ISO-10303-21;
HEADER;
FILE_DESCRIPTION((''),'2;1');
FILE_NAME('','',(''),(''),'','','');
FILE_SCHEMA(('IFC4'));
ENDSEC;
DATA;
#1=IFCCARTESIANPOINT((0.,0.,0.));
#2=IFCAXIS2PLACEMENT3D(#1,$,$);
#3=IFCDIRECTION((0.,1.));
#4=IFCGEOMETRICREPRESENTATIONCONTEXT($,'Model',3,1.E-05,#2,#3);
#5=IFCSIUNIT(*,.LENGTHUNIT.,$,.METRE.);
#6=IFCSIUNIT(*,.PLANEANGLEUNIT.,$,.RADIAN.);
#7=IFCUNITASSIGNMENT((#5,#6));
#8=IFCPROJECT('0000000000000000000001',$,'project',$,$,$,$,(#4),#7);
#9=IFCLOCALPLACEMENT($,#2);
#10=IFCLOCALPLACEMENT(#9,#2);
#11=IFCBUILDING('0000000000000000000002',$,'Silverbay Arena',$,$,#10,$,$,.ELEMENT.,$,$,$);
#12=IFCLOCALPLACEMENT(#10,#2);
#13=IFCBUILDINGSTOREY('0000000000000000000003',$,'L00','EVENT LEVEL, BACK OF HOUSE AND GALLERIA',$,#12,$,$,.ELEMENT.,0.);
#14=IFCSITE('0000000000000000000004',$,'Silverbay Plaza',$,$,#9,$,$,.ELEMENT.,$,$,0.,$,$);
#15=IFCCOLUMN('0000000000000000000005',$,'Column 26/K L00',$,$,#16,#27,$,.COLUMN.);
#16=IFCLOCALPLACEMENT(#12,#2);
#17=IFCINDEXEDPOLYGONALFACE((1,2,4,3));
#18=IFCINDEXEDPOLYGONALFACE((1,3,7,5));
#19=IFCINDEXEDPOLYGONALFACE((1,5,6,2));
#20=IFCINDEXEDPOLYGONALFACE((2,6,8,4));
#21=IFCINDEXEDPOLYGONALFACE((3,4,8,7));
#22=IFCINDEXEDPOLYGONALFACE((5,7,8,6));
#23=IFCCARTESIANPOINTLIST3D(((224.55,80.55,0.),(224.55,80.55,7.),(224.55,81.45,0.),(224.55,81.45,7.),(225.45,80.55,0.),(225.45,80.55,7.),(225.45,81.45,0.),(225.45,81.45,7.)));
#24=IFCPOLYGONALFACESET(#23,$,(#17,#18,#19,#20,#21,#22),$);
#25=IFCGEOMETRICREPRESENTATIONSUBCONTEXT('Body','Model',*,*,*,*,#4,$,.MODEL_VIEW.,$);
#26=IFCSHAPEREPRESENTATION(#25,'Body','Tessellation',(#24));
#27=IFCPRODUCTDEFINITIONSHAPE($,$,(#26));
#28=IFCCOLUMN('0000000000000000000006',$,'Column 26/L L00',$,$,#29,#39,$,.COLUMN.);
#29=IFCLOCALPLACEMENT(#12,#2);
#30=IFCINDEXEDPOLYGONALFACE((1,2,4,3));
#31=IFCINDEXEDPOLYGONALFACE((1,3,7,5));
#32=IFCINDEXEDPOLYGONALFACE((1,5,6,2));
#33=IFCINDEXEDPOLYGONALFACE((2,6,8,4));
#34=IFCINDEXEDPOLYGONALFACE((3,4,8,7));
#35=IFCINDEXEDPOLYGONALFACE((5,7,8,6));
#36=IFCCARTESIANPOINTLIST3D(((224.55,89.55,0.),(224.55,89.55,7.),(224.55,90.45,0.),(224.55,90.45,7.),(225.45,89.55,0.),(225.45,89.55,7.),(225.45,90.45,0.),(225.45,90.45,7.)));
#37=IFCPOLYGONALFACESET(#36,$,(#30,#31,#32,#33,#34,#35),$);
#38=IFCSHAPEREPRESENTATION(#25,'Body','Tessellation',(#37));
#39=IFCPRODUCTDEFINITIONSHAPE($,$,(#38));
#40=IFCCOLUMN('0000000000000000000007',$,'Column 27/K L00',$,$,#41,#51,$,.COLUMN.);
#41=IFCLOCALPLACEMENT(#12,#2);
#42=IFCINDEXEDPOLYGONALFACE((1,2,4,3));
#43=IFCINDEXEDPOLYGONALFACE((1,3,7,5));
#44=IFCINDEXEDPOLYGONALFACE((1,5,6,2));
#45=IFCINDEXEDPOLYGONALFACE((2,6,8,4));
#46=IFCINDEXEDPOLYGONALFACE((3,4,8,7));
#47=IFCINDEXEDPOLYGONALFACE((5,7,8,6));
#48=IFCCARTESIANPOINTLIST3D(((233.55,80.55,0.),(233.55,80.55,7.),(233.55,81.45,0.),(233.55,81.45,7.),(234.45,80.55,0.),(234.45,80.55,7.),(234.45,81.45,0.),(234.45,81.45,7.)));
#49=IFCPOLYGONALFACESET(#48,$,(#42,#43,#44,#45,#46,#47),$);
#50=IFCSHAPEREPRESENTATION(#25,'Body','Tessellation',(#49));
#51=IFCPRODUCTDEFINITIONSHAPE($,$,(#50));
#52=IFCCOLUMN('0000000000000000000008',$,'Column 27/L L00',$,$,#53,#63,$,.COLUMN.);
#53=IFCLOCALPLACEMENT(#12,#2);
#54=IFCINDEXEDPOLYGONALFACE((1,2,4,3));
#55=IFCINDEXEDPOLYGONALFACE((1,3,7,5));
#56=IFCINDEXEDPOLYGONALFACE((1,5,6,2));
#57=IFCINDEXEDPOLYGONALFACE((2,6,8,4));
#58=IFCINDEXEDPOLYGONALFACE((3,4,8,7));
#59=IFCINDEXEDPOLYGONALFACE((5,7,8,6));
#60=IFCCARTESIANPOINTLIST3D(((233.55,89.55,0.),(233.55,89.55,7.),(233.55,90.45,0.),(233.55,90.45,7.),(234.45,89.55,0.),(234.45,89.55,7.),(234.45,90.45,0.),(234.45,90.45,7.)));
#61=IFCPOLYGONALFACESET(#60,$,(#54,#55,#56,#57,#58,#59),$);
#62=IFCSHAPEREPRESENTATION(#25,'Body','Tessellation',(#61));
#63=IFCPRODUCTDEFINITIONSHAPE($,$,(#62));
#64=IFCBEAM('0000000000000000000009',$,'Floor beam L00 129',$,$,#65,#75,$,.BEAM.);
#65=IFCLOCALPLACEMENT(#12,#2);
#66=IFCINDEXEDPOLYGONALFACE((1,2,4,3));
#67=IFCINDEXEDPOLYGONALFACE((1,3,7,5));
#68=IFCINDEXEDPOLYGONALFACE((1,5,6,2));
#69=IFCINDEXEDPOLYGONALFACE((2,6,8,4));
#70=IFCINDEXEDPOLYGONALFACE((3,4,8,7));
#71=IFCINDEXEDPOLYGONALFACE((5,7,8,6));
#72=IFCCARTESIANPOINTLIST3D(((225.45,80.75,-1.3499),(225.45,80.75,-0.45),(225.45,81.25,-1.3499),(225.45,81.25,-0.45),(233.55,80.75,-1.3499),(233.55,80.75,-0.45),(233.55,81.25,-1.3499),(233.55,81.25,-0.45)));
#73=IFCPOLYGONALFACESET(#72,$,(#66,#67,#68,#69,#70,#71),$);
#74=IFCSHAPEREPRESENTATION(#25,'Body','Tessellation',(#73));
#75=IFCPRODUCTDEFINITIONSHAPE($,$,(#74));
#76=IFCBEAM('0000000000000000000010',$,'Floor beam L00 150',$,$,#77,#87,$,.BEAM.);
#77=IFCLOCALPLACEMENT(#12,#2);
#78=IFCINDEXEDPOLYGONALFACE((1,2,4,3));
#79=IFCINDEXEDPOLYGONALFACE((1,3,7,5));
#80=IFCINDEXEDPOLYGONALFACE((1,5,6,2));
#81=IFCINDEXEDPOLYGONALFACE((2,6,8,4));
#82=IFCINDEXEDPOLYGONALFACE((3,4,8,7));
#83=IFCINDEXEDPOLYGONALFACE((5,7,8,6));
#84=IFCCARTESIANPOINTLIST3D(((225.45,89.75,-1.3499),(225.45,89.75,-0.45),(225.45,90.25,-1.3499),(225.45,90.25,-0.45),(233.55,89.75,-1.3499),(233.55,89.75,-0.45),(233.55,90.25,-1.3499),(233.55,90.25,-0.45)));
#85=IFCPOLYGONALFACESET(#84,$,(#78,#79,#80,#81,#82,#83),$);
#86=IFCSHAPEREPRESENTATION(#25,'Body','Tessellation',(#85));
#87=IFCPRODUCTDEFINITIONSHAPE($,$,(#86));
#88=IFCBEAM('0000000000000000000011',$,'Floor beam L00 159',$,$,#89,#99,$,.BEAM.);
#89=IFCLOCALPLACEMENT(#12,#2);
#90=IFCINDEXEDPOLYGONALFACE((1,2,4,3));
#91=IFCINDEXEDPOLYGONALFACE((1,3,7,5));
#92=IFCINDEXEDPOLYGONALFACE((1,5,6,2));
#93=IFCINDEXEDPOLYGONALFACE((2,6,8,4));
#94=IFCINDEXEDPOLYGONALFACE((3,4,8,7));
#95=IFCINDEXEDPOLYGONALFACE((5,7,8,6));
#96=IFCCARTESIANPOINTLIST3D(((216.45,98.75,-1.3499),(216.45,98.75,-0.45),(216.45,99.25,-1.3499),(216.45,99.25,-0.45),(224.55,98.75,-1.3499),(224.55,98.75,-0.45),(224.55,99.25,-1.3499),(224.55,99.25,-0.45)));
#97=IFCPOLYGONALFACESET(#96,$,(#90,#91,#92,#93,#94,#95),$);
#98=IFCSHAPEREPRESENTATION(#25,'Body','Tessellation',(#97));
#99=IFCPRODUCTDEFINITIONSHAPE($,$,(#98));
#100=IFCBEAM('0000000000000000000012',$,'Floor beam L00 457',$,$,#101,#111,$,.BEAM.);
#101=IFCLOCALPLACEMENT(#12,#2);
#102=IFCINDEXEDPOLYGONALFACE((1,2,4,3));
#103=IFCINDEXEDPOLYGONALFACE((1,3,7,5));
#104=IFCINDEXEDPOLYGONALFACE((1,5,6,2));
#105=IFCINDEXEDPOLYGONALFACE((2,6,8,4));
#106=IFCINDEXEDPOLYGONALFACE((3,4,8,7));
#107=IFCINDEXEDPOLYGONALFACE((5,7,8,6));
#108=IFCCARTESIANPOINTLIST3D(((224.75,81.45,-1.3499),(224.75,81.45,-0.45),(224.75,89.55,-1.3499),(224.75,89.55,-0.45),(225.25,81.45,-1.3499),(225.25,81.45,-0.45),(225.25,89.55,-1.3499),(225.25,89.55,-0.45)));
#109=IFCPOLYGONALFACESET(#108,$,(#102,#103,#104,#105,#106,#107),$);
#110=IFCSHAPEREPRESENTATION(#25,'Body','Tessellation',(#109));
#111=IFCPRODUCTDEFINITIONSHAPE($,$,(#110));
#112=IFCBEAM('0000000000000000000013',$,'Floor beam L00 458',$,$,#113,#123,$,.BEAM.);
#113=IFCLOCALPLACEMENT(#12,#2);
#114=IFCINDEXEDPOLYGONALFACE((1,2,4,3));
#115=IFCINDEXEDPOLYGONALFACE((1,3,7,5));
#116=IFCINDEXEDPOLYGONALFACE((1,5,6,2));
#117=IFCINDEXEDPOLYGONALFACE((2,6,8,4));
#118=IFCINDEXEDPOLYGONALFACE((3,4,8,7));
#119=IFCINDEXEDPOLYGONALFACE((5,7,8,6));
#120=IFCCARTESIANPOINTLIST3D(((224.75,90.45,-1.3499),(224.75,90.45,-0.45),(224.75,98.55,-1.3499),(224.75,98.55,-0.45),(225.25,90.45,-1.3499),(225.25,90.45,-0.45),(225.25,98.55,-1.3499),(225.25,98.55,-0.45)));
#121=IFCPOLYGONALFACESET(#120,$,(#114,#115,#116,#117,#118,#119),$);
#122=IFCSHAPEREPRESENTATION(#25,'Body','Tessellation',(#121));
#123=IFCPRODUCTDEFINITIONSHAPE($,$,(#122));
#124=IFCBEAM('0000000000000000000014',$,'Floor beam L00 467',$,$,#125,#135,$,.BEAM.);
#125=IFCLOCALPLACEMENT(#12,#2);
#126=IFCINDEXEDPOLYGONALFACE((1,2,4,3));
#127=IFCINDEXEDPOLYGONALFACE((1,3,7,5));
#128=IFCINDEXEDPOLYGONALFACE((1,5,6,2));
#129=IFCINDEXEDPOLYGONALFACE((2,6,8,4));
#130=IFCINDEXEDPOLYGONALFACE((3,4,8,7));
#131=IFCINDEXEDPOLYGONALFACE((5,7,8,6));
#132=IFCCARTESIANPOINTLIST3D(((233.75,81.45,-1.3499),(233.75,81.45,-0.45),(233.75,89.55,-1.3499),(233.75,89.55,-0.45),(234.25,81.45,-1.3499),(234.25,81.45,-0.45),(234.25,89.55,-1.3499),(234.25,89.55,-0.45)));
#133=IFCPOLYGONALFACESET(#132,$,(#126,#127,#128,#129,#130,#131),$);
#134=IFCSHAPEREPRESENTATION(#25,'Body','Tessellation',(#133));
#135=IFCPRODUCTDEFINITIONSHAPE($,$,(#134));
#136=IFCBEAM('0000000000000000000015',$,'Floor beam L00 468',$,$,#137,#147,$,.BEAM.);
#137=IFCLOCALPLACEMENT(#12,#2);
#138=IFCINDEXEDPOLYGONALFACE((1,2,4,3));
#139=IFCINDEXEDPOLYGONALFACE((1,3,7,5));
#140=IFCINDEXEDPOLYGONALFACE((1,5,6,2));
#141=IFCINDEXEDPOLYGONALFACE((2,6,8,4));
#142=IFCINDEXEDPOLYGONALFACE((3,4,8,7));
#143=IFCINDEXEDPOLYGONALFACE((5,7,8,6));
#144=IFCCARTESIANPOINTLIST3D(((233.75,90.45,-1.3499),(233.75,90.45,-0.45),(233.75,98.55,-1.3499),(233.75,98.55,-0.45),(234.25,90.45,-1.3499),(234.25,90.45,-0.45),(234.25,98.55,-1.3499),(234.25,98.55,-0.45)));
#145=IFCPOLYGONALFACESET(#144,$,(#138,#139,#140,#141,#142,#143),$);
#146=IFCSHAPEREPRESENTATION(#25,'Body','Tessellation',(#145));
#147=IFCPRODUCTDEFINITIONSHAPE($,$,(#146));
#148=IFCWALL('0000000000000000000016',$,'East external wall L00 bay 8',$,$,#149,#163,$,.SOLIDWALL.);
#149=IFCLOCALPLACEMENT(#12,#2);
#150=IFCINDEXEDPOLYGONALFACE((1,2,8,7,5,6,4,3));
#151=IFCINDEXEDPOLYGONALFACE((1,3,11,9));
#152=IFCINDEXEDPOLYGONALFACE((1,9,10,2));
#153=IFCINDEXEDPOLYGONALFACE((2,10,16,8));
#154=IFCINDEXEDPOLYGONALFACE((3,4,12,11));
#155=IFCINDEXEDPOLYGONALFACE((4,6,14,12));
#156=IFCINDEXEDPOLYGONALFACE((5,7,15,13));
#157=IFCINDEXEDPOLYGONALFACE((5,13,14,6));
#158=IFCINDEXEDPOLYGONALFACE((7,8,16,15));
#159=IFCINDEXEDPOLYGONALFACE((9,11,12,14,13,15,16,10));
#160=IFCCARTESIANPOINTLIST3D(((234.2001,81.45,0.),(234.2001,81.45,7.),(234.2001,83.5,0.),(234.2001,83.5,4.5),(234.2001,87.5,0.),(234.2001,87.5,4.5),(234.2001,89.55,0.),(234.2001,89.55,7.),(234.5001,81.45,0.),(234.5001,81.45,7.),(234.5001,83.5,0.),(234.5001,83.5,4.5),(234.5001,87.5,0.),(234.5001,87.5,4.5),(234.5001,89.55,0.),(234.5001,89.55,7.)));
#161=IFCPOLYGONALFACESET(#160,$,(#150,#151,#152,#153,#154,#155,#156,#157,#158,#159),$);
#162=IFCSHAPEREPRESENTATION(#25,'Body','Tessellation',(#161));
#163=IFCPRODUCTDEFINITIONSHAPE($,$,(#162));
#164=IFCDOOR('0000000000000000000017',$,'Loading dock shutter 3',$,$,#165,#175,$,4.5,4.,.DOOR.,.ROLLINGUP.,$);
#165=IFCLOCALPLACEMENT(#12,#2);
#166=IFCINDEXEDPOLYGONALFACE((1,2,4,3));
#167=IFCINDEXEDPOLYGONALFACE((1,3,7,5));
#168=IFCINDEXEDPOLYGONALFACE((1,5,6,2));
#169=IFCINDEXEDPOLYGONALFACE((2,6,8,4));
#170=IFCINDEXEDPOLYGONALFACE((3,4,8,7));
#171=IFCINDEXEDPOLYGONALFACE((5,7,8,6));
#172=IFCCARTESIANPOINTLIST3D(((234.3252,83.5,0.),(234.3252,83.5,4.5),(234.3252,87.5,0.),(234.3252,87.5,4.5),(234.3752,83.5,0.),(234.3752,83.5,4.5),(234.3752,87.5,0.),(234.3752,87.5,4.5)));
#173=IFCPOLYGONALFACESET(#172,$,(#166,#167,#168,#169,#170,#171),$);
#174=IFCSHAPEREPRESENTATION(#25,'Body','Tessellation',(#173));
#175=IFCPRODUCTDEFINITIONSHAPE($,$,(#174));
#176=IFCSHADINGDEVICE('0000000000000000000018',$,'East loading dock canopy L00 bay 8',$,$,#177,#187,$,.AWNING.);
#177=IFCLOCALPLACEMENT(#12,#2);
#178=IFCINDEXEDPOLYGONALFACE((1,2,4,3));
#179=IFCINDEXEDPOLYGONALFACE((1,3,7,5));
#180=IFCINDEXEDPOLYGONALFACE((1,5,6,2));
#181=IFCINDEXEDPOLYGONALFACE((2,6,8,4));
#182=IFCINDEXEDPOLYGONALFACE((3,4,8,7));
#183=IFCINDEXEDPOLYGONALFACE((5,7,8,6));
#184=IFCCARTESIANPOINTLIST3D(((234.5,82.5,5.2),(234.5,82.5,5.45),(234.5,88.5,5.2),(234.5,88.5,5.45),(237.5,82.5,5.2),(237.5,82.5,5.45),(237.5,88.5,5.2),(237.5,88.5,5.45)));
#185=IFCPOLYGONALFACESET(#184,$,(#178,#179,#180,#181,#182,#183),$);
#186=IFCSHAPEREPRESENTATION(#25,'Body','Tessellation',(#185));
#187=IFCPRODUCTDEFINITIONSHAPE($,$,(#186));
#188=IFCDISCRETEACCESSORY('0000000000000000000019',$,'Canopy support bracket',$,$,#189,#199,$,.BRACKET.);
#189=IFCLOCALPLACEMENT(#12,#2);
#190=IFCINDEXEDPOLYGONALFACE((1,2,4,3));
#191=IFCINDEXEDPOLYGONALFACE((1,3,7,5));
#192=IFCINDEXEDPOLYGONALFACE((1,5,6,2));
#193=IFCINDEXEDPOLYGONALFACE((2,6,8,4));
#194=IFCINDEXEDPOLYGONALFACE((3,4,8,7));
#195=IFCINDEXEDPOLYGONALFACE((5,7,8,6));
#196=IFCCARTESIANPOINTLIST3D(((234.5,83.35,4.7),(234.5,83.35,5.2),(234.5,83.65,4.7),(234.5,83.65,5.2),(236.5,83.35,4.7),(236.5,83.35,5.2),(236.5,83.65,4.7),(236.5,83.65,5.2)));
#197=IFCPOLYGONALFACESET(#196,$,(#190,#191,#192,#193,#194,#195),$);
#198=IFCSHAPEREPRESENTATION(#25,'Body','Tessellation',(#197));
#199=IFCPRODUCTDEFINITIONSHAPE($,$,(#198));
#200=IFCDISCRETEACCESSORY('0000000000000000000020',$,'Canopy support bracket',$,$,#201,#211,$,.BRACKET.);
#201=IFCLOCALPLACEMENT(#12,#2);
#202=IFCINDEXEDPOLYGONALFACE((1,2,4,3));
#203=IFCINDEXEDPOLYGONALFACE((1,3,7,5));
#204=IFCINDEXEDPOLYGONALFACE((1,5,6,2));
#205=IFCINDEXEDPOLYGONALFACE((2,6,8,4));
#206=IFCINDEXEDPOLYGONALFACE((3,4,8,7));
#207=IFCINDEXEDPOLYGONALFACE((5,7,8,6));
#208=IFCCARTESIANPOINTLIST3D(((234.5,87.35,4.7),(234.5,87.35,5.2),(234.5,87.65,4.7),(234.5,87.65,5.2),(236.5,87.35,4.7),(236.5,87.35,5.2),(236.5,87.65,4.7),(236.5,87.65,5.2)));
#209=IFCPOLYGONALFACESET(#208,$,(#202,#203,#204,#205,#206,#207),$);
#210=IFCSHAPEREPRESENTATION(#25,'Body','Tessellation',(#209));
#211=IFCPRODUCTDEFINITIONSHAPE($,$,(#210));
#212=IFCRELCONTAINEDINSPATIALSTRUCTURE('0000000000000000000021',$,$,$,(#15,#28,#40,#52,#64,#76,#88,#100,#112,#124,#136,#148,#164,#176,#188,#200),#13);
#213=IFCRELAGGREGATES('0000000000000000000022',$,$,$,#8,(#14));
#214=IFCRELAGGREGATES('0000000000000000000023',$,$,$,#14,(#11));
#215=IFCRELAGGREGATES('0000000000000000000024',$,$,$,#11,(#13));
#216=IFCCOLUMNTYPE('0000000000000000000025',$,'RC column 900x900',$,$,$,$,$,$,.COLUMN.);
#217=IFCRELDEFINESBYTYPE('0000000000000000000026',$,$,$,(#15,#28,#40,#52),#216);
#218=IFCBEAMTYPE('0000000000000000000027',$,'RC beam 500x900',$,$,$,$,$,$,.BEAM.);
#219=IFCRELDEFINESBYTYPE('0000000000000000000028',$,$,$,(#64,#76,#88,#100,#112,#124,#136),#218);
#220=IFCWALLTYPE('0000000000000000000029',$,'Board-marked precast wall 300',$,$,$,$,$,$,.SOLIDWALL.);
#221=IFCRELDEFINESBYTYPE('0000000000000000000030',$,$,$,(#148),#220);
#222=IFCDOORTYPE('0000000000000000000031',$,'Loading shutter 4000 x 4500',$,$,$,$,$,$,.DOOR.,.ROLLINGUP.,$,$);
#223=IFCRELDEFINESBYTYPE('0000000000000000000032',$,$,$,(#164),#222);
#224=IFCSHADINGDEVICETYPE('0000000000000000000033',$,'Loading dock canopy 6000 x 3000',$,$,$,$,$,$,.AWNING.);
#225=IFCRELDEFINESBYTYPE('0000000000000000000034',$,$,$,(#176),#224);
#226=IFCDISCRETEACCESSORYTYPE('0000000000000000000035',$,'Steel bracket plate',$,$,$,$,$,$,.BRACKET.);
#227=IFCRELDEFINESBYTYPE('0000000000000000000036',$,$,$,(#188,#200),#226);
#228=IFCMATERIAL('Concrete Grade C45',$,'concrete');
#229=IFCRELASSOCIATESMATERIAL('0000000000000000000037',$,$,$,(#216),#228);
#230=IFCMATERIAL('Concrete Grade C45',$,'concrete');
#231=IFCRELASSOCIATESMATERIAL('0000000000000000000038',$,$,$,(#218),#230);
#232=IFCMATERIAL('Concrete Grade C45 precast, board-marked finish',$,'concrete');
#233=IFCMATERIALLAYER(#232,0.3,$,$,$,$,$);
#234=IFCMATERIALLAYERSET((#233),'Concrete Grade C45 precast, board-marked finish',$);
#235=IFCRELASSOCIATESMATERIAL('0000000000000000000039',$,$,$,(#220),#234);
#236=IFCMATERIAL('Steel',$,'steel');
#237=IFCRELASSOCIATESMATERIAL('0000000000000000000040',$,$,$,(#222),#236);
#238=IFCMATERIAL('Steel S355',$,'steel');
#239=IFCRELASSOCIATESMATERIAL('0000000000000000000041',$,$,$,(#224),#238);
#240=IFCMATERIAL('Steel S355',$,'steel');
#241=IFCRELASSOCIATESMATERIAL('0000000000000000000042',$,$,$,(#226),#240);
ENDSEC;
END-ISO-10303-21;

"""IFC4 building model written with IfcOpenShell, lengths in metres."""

from ifc_helpers import new_model, si_unit, direction, frame, frame_2d, origin, origin_2d, place, context, subcontext, project, spatial, rectangle, extrude, material, layer, layer_set, material_profile, profile_set, type_object, element, fill, save


model = new_model("IFC4")

# Units and contexts
model_context = context("Model", 3, precision=1e-05, world=origin(), true_north=direction((0.0, 1.0)))
body_context = subcontext(model_context, "Body", "Model", "MODEL_VIEW")
ifc_project = project(units=[si_unit("LENGTHUNIT", "METRE"), si_unit("PLANEANGLEUNIT", "RADIAN")], contexts=[model_context])

# Site, building, storey
site_placement = place(None, origin())
site = spatial("IfcSite", under=ifc_project, at=site_placement, Name="Silverbay Plaza", CompositionType="ELEMENT", RefElevation=0.0)
building_placement = place(site_placement, origin())
building = spatial("IfcBuilding", under=site, at=building_placement, Name="Silverbay Arena", CompositionType="ELEMENT")
storey_placement = place(building_placement, origin())
storey = spatial("IfcBuildingStorey", under=building, at=storey_placement, Name="L00", Description="EVENT LEVEL, BACK OF HOUSE AND GALLERIA", CompositionType="ELEMENT", Elevation=0.0)

# Columns
ifc_material_1 = material(Name="Concrete Grade C45", Category="concrete")
ifc_material_profile_1 = material_profile(ifc_material_1, rectangle(XDim=0.8999, YDim=0.8999, at=origin_2d()), Name="RC 900x900")
ifc_profile_set_1 = profile_set([ifc_material_profile_1], Name="Concrete Grade C45")
column_type = type_object("IfcColumnType", Name="RC column 900x900", PredefinedType="COLUMN", material=ifc_profile_set_1)
for number, where, z_axis, x_axis, name in (
    (1, (225.0, 81.0, 0.0), (0.0, 0.0, 1.0), (1.0, 0.0, 0.0), "Column 26/K L00"),
    (2, (225.0, 90.0, 0.0), (0.0, 0.0, 1.0), (1.0, 0.0, 0.0), "Column 26/L L00"),
    (3, (234.0, 81.0, 0.0), (0.0, 0.0, 1.0), (1.0, 0.0, 0.0), "Column 27/K L00"),
    (4, (234.0, 90.0, 0.0), (0.0, 0.0, 1.0), (1.0, 0.0, 0.0), "Column 27/L L00"),
):
    element("IfcColumn", number, at=place(storey_placement, frame(where, z_axis=z_axis, x_axis=x_axis)), inside=storey, type_object=column_type, Name=name, PredefinedType="COLUMN", context=body_context, shape_type="SweptSolid", body=[
        extrude(rectangle(XDim=0.8999, YDim=0.8999, at=origin_2d()), origin(), (0.0, 0.0, 1.0), 7.0),
    ])

# Beams
ifc_material_2 = material(Name="Concrete Grade C45", Category="concrete")
ifc_material_profile_2 = material_profile(ifc_material_2, rectangle(XDim=0.5, YDim=0.8999, at=origin_2d()), Name="RC 500x900")
ifc_profile_set_2 = profile_set([ifc_material_profile_2], Name="Concrete Grade C45")
beam_type = type_object("IfcBeamType", Name="RC beam 500x900", PredefinedType="BEAM", material=ifc_profile_set_2)
for number, where, z_axis, x_axis, name in (
    (5, (225.45, 81.0, -0.8999), (1.0, 0.0, 0.0), (0.0, 1.0, 0.0), "Floor beam L00 129"),
    (6, (225.45, 90.0, -0.8999), (1.0, 0.0, 0.0), (0.0, 1.0, 0.0), "Floor beam L00 150"),
    (7, (216.45, 99.0, -0.8999), (1.0, 0.0, 0.0), (0.0, 1.0, 0.0), "Floor beam L00 159"),
    (8, (225.0, 81.45, -0.8999), (0.0, 1.0, 0.0), (-1.0, 0.0, 0.0), "Floor beam L00 457"),
    (9, (225.0, 90.45, -0.8999), (0.0, 1.0, 0.0), (-1.0, 0.0, 0.0), "Floor beam L00 458"),
    (10, (234.0, 81.45, -0.8999), (0.0, 1.0, 0.0), (-1.0, 0.0, 0.0), "Floor beam L00 467"),
    (11, (234.0, 90.45, -0.8999), (0.0, 1.0, 0.0), (-1.0, 0.0, 0.0), "Floor beam L00 468"),
):
    element("IfcBeam", number, at=place(storey_placement, frame(where, z_axis=z_axis, x_axis=x_axis)), inside=storey, type_object=beam_type, Name=name, PredefinedType="BEAM", context=body_context, shape_type="SweptSolid", body=[
        extrude(rectangle(XDim=0.5, YDim=0.8999, at=origin_2d()), origin(), (0.0, 0.0, 1.0), 8.1001),
    ])

# Wall, opening, door
ifc_material_3 = material(Name="Concrete Grade C45 precast, board-marked finish", Category="concrete")
ifc_layer_1 = layer(ifc_material_3, 0.3)
ifc_layer_set_1 = layer_set([ifc_layer_1], Name="Concrete Grade C45 precast, board-marked finish")
wall_type_1 = type_object("IfcWallType", Name="Board-marked precast wall 300", PredefinedType="SOLIDWALL", material=ifc_layer_set_1)
wall_1_placement = place(storey_placement, frame((234.3501, 81.45, 0.0), z_axis=(0.0, 0.0, 1.0), x_axis=(0.0, 1.0, 0.0)))
wall_1 = element("IfcWall", 12, at=wall_1_placement, inside=storey, type_object=wall_type_1, Name="East external wall L00 bay 8", PredefinedType="SOLIDWALL", context=body_context, shape_type="SweptSolid", body=[
    extrude(rectangle(XDim=8.1001, YDim=0.3, at=frame_2d((4.05, 0.0))), origin(), (0.0, 0.0, 1.0), 7.0),
])
opening_1_placement = place(wall_1_placement, frame((2.05, 0.0, 0.0)))
opening_1 = element("IfcOpeningElement", 13, at=opening_1_placement, cuts=wall_1, PredefinedType="OPENING", context=body_context, shape_type="SweptSolid", body=[
    extrude(rectangle(XDim=4.0, YDim=4.5, at=frame_2d((2.0, 2.25))), frame((0.0, 0.1602, 0.0), z_axis=(0.0, -1.0, 0.0), x_axis=(1.0, 0.0, 0.0)), (0.0, 0.0, 1.0), 0.3201),
])
ifc_material_4 = material(Name="Steel", Category="steel")
door_type_1 = type_object("IfcDoorType", Name="Loading shutter 4000 x 4500", OperationType="ROLLINGUP", PredefinedType="DOOR", material=ifc_material_4)
door_1_placement = place(opening_1_placement, origin())
door_1 = element("IfcDoor", 14, at=door_1_placement, inside=storey, type_object=door_type_1, Name="Loading dock shutter 3", OperationType="ROLLINGUP", OverallHeight=4.5, OverallWidth=4.0, PredefinedType="DOOR", context=body_context, shape_type="SweptSolid", body=[
    extrude(rectangle(XDim=4.0, YDim=4.5, at=frame_2d((2.0, 2.25))), frame((0.0, 0.0249, 0.0), z_axis=(0.0, -1.0, 0.0), x_axis=(1.0, 0.0, 0.0)), (0.0, 0.0, 1.0), 0.05),
])
fill(opening_1, door_1)

# Shading device
ifc_material_5 = material(Name="Steel S355", Category="steel")
shading_device_type = type_object("IfcShadingDeviceType", Name="Loading dock canopy 6000 x 3000", PredefinedType="AWNING", material=ifc_material_5)
shading_device_placement = place(storey_placement, frame((236.0, 85.5, 5.2), z_axis=(0.0, 0.0, 1.0), x_axis=(0.0, 1.0, 0.0)))
element("IfcShadingDevice", 15, at=shading_device_placement, inside=storey, type_object=shading_device_type, Name="East loading dock canopy L00 bay 8", PredefinedType="AWNING", context=body_context, shape_type="SweptSolid", body=[
    extrude(rectangle(XDim=6.0, YDim=3.0, at=origin_2d()), origin(), (0.0, 0.0, 1.0), 0.25),
])

# Discrete accessories
ifc_material_6 = material(Name="Steel S355", Category="steel")
discrete_accessory_type = type_object("IfcDiscreteAccessoryType", Name="Steel bracket plate", PredefinedType="BRACKET", material=ifc_material_6)
for number, where, z_axis, x_axis, name in (
    (16, (235.5, 83.5, 4.7), (0.0, 0.0, 1.0), (0.0, 1.0, 0.0), "Canopy support bracket"),
    (17, (235.5, 87.5, 4.7), (0.0, 0.0, 1.0), (0.0, 1.0, 0.0), "Canopy support bracket"),
):
    element("IfcDiscreteAccessory", number, at=place(storey_placement, frame(where, z_axis=z_axis, x_axis=x_axis)), inside=storey, type_object=discrete_accessory_type, Name=name, PredefinedType="BRACKET", context=body_context, shape_type="SweptSolid", body=[
        extrude(rectangle(XDim=0.3, YDim=2.0, at=origin_2d()), origin(), (0.0, 0.0, 1.0), 0.5),
    ])

save(model, "model.ifc")
